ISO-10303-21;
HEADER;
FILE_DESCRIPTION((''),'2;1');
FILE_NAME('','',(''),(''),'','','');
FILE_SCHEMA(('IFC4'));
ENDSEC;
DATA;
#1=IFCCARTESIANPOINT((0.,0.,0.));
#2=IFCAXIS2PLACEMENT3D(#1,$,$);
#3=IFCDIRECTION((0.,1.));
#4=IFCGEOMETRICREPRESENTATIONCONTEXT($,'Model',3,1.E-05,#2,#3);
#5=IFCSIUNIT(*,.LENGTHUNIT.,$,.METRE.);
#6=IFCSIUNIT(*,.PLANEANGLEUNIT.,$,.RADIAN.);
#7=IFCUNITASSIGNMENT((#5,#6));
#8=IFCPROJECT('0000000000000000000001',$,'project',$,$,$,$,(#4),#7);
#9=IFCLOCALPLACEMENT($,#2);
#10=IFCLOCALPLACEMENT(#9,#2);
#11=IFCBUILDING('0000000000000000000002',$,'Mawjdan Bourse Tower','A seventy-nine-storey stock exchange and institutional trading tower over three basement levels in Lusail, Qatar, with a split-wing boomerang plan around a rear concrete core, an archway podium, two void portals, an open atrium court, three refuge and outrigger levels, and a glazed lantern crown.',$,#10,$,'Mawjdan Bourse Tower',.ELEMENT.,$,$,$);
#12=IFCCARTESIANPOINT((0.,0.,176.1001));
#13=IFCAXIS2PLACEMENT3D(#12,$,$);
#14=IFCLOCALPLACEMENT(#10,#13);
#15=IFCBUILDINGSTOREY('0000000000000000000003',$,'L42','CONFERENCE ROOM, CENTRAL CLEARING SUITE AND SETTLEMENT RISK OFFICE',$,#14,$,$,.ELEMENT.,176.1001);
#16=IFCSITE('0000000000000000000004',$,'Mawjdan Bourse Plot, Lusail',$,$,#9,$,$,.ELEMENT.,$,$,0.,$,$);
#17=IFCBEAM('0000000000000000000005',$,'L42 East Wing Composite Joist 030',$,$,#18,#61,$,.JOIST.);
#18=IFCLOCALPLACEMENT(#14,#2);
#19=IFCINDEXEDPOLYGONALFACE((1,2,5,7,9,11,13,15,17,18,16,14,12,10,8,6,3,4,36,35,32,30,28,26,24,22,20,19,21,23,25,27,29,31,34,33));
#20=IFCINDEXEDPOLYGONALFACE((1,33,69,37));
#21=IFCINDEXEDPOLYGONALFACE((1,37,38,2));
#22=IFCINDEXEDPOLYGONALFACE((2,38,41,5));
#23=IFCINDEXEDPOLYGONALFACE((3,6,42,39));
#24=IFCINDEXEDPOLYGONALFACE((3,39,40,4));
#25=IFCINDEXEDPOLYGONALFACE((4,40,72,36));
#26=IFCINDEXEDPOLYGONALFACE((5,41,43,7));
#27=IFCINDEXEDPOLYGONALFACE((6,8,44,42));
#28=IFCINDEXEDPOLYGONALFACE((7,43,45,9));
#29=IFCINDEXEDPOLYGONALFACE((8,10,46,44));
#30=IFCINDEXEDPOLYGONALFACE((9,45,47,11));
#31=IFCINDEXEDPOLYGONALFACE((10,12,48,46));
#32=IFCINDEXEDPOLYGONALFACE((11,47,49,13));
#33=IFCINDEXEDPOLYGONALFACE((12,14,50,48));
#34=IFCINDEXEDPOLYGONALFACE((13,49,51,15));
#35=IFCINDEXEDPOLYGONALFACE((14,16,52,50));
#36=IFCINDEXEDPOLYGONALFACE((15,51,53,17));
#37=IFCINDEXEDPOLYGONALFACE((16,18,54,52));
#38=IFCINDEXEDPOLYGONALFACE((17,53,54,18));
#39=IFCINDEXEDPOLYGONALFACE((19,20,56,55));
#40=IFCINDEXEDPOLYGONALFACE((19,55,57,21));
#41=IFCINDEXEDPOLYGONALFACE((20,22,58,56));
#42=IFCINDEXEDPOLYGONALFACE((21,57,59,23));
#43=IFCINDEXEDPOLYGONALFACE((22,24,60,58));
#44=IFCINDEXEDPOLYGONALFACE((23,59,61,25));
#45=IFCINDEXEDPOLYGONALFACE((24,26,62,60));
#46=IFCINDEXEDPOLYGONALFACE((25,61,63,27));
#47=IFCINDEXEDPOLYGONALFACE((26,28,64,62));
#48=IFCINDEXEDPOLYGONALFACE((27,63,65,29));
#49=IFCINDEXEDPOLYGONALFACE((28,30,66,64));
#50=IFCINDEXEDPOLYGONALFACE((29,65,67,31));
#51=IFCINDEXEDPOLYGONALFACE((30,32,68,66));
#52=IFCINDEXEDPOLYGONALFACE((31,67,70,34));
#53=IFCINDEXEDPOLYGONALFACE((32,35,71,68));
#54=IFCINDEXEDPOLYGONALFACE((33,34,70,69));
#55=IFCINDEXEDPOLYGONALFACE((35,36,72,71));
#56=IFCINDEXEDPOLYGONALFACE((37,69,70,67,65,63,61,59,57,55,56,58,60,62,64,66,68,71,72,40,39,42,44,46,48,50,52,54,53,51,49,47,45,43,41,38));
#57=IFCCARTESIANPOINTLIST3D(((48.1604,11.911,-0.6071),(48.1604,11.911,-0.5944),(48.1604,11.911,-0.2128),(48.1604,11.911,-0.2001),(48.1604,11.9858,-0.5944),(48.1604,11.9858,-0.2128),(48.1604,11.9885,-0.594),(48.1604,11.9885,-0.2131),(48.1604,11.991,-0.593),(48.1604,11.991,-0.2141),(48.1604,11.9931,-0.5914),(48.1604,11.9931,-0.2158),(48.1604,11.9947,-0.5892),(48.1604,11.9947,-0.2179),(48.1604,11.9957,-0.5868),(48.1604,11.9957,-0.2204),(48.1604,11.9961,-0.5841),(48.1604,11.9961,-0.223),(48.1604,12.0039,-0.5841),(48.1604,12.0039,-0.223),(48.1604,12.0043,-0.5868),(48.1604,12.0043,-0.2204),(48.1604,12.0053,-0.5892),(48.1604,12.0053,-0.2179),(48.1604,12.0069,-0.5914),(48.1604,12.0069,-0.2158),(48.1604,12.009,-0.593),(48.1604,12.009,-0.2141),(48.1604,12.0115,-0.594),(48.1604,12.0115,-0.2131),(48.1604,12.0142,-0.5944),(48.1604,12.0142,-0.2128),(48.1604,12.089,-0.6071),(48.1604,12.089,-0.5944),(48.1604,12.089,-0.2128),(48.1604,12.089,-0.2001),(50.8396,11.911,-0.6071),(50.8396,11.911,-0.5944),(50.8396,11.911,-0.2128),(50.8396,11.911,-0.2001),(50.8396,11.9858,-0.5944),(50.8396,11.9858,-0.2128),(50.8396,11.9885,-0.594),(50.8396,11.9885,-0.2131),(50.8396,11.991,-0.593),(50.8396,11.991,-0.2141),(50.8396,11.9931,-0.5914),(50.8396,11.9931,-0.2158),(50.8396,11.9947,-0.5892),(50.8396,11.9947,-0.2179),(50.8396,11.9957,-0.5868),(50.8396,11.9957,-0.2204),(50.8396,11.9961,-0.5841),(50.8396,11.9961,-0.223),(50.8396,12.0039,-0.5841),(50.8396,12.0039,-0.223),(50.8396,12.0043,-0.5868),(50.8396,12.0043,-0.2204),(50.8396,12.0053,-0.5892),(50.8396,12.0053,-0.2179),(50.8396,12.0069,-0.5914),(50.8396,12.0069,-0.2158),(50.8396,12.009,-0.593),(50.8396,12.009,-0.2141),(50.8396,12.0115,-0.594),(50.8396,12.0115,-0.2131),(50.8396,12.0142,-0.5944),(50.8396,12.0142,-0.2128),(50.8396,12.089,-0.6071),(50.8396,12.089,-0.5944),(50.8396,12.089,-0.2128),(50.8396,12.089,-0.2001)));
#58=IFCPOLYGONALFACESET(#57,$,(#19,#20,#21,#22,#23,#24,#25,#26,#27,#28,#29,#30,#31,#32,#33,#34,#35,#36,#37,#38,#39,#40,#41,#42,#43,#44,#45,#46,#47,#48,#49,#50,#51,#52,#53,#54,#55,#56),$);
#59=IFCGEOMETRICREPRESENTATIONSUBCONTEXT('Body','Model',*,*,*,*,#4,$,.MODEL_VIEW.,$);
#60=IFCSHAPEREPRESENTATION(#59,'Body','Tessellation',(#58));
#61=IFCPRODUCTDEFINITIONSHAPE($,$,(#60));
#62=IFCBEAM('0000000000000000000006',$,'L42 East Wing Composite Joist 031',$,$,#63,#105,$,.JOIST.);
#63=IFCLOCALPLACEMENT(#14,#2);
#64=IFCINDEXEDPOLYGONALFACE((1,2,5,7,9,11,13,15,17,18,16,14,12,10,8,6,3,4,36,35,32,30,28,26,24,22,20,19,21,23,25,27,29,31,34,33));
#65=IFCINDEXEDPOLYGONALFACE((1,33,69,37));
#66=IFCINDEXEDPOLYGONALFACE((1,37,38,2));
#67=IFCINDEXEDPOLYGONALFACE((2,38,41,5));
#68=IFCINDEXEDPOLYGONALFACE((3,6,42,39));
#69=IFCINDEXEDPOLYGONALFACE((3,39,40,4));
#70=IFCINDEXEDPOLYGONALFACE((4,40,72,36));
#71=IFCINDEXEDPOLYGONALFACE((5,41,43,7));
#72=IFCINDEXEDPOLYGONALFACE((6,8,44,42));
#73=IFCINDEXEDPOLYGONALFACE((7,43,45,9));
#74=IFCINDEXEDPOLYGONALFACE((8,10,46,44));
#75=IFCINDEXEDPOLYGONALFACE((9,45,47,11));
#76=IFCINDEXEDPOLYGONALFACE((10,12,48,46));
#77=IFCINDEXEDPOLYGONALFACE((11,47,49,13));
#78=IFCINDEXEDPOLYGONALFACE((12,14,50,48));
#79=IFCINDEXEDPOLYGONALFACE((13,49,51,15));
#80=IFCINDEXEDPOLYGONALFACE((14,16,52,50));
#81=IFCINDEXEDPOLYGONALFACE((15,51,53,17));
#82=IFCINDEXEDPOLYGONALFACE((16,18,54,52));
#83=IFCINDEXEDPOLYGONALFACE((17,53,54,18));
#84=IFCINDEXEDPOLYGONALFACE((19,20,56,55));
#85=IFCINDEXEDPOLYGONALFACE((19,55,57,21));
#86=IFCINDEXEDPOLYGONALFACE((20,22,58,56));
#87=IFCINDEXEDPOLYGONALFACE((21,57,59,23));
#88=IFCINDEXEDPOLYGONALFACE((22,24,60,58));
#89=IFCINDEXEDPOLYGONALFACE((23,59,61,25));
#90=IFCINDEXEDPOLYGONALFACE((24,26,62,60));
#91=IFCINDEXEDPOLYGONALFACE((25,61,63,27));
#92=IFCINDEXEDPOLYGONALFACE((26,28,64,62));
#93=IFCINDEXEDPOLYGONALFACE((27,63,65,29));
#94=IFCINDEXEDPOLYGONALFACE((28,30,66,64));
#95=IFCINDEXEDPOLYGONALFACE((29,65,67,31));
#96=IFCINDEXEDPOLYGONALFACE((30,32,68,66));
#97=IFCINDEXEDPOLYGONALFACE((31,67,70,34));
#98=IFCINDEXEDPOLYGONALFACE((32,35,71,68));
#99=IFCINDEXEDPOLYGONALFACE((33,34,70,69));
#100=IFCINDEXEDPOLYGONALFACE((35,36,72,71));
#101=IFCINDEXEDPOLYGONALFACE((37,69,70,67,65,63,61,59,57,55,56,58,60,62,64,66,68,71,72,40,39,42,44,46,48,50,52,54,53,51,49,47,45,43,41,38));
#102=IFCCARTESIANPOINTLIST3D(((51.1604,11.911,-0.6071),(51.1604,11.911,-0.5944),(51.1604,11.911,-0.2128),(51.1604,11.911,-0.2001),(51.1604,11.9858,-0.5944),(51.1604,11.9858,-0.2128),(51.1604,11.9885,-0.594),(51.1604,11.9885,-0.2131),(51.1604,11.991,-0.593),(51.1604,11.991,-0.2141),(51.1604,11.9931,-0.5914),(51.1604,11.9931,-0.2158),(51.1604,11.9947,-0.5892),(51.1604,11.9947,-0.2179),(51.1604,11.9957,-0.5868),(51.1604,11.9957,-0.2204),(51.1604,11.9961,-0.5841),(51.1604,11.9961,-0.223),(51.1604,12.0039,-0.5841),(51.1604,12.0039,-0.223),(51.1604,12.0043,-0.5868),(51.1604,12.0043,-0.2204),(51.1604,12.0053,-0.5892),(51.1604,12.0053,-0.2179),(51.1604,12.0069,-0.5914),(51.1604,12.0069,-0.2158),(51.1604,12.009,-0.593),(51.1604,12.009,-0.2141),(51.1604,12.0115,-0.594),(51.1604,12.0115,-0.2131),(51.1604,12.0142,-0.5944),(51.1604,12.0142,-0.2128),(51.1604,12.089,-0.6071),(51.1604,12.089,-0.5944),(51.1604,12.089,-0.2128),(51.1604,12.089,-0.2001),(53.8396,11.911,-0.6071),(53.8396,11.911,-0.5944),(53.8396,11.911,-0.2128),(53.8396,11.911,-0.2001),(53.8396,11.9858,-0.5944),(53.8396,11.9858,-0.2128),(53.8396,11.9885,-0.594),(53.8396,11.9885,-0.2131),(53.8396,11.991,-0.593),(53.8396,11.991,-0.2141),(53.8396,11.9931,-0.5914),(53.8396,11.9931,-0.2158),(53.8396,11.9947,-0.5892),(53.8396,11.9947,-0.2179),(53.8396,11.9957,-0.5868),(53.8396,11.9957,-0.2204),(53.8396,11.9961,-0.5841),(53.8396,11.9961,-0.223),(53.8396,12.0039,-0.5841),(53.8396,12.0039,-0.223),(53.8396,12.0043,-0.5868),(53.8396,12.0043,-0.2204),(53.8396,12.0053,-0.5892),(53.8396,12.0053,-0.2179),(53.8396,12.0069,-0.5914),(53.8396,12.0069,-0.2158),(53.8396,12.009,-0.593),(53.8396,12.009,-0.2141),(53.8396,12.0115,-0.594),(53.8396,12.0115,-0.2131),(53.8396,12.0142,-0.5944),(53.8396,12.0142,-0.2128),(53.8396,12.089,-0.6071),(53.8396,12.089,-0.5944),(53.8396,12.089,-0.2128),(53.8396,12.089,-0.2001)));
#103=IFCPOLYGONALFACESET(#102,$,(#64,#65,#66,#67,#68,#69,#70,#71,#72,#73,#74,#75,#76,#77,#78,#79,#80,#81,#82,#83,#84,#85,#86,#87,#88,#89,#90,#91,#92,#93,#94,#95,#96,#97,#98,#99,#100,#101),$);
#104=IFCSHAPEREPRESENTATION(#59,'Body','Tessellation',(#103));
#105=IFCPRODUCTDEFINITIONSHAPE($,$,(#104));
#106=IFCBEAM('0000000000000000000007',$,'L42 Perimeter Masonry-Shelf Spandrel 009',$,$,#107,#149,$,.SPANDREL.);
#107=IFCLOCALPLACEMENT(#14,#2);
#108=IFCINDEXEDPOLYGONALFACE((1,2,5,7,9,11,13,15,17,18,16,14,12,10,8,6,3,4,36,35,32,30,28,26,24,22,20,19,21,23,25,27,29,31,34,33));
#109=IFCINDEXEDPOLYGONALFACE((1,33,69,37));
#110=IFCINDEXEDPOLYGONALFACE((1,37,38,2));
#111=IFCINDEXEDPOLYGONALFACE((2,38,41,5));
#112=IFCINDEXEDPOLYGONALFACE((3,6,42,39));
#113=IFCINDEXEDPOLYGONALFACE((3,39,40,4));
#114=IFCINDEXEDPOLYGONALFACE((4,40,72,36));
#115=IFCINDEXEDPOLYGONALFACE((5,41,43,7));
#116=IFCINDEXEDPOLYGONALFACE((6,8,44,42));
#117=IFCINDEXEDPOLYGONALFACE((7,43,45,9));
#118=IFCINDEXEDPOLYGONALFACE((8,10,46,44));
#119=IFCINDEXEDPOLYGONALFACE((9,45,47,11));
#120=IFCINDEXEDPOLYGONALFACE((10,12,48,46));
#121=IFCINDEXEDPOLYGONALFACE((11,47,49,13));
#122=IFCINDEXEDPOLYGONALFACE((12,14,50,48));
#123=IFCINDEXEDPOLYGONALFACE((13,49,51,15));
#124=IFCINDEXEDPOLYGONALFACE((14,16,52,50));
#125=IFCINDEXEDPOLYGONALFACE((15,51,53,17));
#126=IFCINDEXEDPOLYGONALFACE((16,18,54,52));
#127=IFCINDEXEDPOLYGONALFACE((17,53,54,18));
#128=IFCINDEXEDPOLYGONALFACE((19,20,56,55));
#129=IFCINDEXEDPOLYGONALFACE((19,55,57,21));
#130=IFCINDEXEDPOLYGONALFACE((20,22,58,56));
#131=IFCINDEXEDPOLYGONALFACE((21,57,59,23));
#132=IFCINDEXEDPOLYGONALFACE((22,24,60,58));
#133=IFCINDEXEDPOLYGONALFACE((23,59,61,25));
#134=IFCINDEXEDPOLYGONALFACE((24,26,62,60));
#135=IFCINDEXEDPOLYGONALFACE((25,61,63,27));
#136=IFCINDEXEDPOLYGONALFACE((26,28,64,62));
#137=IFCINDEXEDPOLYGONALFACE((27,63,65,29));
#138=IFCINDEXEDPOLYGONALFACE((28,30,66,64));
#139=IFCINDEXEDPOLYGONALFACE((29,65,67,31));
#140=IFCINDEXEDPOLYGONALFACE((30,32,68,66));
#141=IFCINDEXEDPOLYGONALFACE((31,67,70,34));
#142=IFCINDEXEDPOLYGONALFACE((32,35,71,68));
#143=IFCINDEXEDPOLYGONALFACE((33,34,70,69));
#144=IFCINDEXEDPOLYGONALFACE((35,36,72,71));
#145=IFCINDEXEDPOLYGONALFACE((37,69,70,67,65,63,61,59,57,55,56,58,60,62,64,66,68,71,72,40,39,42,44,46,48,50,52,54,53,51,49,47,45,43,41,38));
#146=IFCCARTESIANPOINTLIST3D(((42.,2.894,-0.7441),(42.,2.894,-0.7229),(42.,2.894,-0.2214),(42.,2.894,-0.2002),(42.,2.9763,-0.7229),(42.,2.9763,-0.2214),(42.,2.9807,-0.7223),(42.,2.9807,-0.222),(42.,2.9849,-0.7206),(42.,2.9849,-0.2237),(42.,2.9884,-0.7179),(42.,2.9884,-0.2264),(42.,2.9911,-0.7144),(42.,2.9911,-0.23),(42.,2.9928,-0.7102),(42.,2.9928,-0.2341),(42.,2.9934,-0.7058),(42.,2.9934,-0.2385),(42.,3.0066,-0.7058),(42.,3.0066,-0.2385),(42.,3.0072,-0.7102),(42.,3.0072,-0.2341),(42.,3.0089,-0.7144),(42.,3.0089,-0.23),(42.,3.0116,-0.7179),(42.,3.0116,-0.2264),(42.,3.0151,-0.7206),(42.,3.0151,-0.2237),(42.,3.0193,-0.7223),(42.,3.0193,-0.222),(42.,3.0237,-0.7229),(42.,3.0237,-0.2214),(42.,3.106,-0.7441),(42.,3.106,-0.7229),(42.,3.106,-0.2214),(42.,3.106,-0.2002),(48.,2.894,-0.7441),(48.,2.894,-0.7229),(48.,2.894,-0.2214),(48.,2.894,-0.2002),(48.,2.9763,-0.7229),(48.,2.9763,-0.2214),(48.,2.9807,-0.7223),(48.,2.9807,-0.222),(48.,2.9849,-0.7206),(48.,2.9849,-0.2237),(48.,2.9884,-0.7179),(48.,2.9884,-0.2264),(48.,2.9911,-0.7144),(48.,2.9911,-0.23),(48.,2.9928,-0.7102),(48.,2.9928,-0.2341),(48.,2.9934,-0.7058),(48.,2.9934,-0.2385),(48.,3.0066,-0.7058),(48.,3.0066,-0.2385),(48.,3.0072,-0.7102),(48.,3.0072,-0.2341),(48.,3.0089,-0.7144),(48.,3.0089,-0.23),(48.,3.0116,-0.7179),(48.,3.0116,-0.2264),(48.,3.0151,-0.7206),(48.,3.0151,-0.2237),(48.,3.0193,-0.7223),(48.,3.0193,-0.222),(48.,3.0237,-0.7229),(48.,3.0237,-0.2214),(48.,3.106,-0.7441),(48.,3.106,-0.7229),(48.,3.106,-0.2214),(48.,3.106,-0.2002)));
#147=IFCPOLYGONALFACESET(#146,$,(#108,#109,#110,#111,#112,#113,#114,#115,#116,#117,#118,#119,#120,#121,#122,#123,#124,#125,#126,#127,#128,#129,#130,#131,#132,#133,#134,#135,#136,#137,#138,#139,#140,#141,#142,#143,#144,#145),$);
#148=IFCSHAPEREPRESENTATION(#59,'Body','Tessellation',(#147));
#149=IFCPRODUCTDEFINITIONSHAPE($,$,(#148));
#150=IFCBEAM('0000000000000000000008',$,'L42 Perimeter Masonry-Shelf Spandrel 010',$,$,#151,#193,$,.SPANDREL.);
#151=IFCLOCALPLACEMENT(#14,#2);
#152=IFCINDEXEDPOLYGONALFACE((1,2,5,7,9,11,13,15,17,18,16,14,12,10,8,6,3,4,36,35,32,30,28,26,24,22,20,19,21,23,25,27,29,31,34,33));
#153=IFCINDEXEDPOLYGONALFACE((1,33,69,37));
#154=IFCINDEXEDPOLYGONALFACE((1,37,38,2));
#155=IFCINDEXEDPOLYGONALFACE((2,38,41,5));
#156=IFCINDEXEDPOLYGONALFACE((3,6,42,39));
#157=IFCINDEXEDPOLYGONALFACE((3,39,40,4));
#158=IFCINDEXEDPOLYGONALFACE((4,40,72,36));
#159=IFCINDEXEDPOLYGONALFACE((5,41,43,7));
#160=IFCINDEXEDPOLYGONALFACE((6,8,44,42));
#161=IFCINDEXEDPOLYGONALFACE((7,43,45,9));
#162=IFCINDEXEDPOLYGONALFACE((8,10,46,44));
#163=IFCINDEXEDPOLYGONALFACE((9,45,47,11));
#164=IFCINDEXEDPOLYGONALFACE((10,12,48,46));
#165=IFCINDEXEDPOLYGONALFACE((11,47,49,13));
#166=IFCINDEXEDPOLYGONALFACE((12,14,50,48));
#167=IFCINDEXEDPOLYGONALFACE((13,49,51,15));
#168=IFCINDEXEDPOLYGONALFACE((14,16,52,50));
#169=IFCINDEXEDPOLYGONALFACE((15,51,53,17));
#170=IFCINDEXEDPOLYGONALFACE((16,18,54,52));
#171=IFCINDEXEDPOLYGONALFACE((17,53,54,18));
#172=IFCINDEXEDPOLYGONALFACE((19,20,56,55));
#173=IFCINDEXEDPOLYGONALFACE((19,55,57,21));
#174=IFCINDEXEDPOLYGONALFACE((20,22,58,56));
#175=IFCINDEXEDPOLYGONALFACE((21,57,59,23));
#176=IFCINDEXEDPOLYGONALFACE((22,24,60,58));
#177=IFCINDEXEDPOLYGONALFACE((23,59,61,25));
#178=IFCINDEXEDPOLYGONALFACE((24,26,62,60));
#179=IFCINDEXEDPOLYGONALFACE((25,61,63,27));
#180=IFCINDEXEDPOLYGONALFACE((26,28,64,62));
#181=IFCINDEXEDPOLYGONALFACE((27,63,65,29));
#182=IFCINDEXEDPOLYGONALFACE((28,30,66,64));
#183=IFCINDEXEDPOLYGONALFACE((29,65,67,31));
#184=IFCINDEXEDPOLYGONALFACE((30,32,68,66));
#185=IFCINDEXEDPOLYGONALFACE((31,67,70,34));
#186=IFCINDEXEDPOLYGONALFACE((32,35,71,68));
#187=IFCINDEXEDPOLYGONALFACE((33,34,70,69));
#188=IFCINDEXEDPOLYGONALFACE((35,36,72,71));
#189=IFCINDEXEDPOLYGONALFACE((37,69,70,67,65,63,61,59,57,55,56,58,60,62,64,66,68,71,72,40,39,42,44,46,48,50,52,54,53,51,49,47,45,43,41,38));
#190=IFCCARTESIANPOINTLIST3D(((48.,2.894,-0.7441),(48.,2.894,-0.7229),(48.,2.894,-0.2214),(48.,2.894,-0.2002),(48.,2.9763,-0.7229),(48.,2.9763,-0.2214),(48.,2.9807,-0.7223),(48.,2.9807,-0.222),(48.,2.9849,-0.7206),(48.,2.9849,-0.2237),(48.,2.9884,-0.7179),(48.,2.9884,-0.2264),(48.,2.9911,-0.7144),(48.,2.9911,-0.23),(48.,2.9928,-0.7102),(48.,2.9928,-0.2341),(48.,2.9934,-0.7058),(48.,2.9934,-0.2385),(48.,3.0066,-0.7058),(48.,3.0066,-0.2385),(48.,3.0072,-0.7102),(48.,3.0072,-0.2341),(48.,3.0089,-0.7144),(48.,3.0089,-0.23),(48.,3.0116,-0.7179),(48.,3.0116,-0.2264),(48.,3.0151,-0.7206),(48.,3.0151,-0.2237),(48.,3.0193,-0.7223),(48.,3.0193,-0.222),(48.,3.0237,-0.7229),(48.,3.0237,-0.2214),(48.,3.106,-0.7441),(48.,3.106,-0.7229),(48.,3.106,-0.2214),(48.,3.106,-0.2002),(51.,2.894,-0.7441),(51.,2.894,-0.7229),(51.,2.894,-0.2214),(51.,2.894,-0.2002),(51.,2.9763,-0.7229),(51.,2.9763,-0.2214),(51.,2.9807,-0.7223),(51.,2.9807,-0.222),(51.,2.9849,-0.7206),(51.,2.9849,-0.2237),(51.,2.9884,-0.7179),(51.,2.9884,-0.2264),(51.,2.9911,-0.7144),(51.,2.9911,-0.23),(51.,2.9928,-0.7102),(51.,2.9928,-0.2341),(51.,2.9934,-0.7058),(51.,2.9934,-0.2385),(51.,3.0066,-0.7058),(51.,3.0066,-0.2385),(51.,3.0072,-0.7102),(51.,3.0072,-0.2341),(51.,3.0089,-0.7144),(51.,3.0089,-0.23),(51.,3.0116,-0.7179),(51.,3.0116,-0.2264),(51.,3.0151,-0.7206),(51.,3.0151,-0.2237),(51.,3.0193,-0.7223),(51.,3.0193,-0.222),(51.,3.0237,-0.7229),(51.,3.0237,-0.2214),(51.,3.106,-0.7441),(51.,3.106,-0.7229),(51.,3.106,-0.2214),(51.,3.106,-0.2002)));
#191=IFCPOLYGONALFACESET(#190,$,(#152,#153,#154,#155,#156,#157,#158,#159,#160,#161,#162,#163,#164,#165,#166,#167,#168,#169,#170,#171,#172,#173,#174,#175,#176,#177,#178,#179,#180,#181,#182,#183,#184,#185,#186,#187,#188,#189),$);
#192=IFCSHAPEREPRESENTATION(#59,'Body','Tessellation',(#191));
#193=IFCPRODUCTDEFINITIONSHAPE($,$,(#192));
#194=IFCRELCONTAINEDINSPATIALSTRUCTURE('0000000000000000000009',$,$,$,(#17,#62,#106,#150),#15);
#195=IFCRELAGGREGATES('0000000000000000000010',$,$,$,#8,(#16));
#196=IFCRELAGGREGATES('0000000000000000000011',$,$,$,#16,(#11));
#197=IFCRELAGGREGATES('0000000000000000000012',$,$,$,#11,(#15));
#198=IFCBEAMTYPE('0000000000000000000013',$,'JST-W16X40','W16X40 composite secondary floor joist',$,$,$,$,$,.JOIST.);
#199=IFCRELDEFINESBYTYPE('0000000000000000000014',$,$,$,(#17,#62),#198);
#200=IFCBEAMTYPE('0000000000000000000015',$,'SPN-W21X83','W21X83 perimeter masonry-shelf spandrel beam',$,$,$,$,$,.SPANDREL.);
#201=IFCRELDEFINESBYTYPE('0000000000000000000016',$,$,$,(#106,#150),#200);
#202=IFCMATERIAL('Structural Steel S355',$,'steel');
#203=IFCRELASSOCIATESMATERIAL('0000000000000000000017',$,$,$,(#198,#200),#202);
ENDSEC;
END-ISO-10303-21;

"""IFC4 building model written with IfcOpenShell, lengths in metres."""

from ifc_helpers import new_model, si_unit, direction, frame, origin, origin_2d, place, context, subcontext, project, spatial, i_section, extrude, material, material_profile, profile_set, type_object, element, save


model = new_model("IFC4")

# Units and contexts
model_context = context("Model", 3, precision=1e-05, world=origin(), true_north=direction((0.0, 1.0)))
body_context = subcontext(model_context, "Body", "Model", "MODEL_VIEW")
ifc_project = project(units=[si_unit("LENGTHUNIT", "METRE"), si_unit("PLANEANGLEUNIT", "RADIAN")], contexts=[model_context])

# Site, building, storey
site_placement = place(None, origin())
site = spatial("IfcSite", under=ifc_project, at=site_placement, Name="Mawjdan Bourse Plot, Lusail", CompositionType="ELEMENT", RefElevation=0.0)
building_placement = place(site_placement, origin())
building = spatial("IfcBuilding", under=site, at=building_placement, Name="Mawjdan Bourse Tower", Description="A seventy-nine-storey stock exchange and institutional trading tower over three basement levels in Lusail, Qatar, with a split-wing boomerang plan around a rear concrete core, an archway podium, two void portals, an open atrium court, three refuge and outrigger levels, and a glazed lantern crown.", LongName="Mawjdan Bourse Tower", CompositionType="ELEMENT")
storey_placement = place(building_placement, frame((0.0, 0.0, 176.1001)))
storey = spatial("IfcBuildingStorey", under=building, at=storey_placement, Name="L42", Description="CONFERENCE ROOM, CENTRAL CLEARING SUITE AND SETTLEMENT RISK OFFICE", CompositionType="ELEMENT", Elevation=176.1001)

# Beams
ifc_material_1 = material(Name="Structural Steel S355", Category="steel")
ifc_material_profile_1 = material_profile(ifc_material_1, i_section(OverallWidth=0.178, OverallDepth=0.407, WebThickness=0.0078, FlangeThickness=0.0127, FilletRadius=0.0103, at=origin_2d()), Name="W16X40")
ifc_profile_set_1 = profile_set([ifc_material_profile_1], Name="Structural Steel S355")
beam_type_1 = type_object("IfcBeamType", Name="JST-W16X40", Description="W16X40 composite secondary floor joist", PredefinedType="JOIST", material=ifc_profile_set_1)
for number, where, z_axis, x_axis, name in (
    (1, (48.1604, 12.0, -0.4036), (1.0, 0.0, 0.0), (0.0, 1.0, 0.0), "L42 East Wing Composite Joist 030"),
    (2, (51.1604, 12.0, -0.4036), (1.0, 0.0, 0.0), (0.0, 1.0, 0.0), "L42 East Wing Composite Joist 031"),
):
    element("IfcBeam", number, at=place(storey_placement, frame(where, z_axis=z_axis, x_axis=x_axis)), inside=storey, type_object=beam_type_1, Name=name, PredefinedType="JOIST", context=body_context, shape_type="SweptSolid", body=[
        extrude(i_section(OverallWidth=0.178, OverallDepth=0.407, WebThickness=0.0078, FlangeThickness=0.0127, FilletRadius=0.0103, at=origin_2d()), origin(), (0.0, 0.0, 1.0), 2.6792),
    ])
ifc_material_profile_2 = material_profile(ifc_material_1, i_section(OverallWidth=0.2119, OverallDepth=0.5439, WebThickness=0.0132, FlangeThickness=0.0212, FilletRadius=0.0171, at=origin_2d()), Name="W21X83")
ifc_profile_set_2 = profile_set([ifc_material_profile_2], Name="Structural Steel S355")
beam_type_2 = type_object("IfcBeamType", Name="SPN-W21X83", Description="W21X83 perimeter masonry-shelf spandrel beam", PredefinedType="SPANDREL", material=ifc_profile_set_2)
beam_1_placement = place(storey_placement, frame((42.0, 3.0, -0.4722), z_axis=(1.0, 0.0, 0.0), x_axis=(0.0, 1.0, 0.0)))
element("IfcBeam", 3, at=beam_1_placement, inside=storey, type_object=beam_type_2, Name="L42 Perimeter Masonry-Shelf Spandrel 009", PredefinedType="SPANDREL", context=body_context, shape_type="SweptSolid", body=[
    extrude(i_section(OverallWidth=0.2119, OverallDepth=0.5439, WebThickness=0.0132, FlangeThickness=0.0212, FilletRadius=0.0171, at=origin_2d()), origin(), (0.0, 0.0, 1.0), 6.0),
])
for number, where, z_axis, x_axis, name in (
    (4, (48.0, 3.0, -0.4722), (1.0, 0.0, 0.0), (0.0, 1.0, 0.0), "L42 Perimeter Masonry-Shelf Spandrel 010"),
):
    element("IfcBeam", number, at=place(storey_placement, frame(where, z_axis=z_axis, x_axis=x_axis)), inside=storey, type_object=beam_type_2, Name=name, PredefinedType="SPANDREL", context=body_context, shape_type="SweptSolid", body=[
        extrude(i_section(OverallWidth=0.2119, OverallDepth=0.5439, WebThickness=0.0132, FlangeThickness=0.0212, FilletRadius=0.0171, at=origin_2d()), origin(), (0.0, 0.0, 1.0), 3.0),
    ])

save(model, "model.ifc")
